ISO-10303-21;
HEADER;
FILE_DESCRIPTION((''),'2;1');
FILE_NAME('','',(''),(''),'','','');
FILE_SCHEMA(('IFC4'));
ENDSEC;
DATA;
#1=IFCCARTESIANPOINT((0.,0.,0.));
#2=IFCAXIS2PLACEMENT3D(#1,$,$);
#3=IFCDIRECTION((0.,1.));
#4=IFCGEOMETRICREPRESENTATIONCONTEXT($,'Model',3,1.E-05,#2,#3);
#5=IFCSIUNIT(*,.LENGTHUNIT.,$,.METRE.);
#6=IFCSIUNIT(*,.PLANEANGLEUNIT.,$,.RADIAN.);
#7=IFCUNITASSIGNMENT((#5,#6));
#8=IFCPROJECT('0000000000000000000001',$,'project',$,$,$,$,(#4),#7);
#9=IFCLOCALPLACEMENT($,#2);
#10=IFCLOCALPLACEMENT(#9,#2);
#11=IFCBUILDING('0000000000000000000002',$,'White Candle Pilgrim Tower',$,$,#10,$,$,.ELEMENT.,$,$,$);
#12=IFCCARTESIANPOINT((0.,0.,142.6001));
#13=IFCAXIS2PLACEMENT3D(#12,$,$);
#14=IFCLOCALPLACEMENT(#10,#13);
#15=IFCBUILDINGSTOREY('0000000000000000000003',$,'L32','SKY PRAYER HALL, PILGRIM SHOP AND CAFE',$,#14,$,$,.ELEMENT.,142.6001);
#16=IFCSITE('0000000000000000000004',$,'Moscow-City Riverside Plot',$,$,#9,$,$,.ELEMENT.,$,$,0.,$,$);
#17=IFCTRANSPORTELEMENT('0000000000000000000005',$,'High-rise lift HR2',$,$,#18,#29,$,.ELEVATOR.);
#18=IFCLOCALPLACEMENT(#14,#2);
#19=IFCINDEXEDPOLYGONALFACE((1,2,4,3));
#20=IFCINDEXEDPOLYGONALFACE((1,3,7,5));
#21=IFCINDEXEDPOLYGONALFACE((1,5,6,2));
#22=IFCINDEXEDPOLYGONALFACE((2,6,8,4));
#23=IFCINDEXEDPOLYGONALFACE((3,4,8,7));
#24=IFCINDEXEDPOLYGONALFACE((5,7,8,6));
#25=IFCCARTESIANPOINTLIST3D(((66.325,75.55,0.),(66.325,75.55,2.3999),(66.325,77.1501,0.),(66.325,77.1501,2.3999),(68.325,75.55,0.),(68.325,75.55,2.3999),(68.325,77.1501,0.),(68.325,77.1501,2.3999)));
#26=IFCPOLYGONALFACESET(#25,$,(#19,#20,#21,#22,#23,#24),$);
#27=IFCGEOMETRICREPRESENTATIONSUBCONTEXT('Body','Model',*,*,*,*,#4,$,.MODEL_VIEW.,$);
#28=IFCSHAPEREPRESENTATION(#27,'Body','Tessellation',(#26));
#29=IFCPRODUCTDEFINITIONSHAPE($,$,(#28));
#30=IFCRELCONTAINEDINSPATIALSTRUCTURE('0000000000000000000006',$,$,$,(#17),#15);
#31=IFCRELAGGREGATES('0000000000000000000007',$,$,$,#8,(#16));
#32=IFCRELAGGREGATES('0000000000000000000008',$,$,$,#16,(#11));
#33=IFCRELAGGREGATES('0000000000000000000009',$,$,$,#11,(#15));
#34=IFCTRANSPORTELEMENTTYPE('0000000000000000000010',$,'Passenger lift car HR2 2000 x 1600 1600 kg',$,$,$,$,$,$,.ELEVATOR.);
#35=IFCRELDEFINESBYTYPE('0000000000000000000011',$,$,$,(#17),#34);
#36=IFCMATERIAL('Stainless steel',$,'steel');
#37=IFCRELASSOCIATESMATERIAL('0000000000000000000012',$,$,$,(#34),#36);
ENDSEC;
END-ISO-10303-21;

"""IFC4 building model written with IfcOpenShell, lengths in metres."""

from ifc_helpers import new_model, si_unit, direction, frame, origin, origin_2d, place, context, subcontext, project, spatial, rectangle, extrude, material, type_object, element, save


model = new_model("IFC4")

# Units and contexts
model_context = context("Model", 3, precision=1e-05, world=origin(), true_north=direction((0.0, 1.0)))
body_context = subcontext(model_context, "Body", "Model", "MODEL_VIEW")
ifc_project = project(units=[si_unit("LENGTHUNIT", "METRE"), si_unit("PLANEANGLEUNIT", "RADIAN")], contexts=[model_context])

# Site, building, storey
site_placement = place(None, origin())
site = spatial("IfcSite", under=ifc_project, at=site_placement, Name="Moscow-City Riverside Plot", CompositionType="ELEMENT", RefElevation=0.0)
building_placement = place(site_placement, origin())
building = spatial("IfcBuilding", under=site, at=building_placement, Name="White Candle Pilgrim Tower", CompositionType="ELEMENT")
storey_placement = place(building_placement, frame((0.0, 0.0, 142.6001)))
storey = spatial("IfcBuildingStorey", under=building, at=storey_placement, Name="L32", Description="SKY PRAYER HALL, PILGRIM SHOP AND CAFE", CompositionType="ELEMENT", Elevation=142.6001)

# Shared definitions
ifc_material_1 = material(Name="Stainless steel", Category="steel")

# Transport element
transport_element_type_1 = type_object("IfcTransportElementType", Name="Passenger lift car HR2 2000 x 1600 1600 kg", PredefinedType="ELEVATOR", material=ifc_material_1)
transport_element_1_placement = place(storey_placement, frame((67.325, 76.3501, 0.0), z_axis=(0.0, 0.0, 1.0), x_axis=(1.0, 0.0, 0.0)))
element("IfcTransportElement", 1, at=transport_element_1_placement, inside=storey, type_object=transport_element_type_1, Name="High-rise lift HR2", PredefinedType="ELEVATOR", context=body_context, shape_type="SweptSolid", body=[
    extrude(rectangle(XDim=2.0, YDim=1.6001, at=origin_2d()), origin(), (0.0, 0.0, 1.0), 2.3999),
])

save(model, "model.ifc")
